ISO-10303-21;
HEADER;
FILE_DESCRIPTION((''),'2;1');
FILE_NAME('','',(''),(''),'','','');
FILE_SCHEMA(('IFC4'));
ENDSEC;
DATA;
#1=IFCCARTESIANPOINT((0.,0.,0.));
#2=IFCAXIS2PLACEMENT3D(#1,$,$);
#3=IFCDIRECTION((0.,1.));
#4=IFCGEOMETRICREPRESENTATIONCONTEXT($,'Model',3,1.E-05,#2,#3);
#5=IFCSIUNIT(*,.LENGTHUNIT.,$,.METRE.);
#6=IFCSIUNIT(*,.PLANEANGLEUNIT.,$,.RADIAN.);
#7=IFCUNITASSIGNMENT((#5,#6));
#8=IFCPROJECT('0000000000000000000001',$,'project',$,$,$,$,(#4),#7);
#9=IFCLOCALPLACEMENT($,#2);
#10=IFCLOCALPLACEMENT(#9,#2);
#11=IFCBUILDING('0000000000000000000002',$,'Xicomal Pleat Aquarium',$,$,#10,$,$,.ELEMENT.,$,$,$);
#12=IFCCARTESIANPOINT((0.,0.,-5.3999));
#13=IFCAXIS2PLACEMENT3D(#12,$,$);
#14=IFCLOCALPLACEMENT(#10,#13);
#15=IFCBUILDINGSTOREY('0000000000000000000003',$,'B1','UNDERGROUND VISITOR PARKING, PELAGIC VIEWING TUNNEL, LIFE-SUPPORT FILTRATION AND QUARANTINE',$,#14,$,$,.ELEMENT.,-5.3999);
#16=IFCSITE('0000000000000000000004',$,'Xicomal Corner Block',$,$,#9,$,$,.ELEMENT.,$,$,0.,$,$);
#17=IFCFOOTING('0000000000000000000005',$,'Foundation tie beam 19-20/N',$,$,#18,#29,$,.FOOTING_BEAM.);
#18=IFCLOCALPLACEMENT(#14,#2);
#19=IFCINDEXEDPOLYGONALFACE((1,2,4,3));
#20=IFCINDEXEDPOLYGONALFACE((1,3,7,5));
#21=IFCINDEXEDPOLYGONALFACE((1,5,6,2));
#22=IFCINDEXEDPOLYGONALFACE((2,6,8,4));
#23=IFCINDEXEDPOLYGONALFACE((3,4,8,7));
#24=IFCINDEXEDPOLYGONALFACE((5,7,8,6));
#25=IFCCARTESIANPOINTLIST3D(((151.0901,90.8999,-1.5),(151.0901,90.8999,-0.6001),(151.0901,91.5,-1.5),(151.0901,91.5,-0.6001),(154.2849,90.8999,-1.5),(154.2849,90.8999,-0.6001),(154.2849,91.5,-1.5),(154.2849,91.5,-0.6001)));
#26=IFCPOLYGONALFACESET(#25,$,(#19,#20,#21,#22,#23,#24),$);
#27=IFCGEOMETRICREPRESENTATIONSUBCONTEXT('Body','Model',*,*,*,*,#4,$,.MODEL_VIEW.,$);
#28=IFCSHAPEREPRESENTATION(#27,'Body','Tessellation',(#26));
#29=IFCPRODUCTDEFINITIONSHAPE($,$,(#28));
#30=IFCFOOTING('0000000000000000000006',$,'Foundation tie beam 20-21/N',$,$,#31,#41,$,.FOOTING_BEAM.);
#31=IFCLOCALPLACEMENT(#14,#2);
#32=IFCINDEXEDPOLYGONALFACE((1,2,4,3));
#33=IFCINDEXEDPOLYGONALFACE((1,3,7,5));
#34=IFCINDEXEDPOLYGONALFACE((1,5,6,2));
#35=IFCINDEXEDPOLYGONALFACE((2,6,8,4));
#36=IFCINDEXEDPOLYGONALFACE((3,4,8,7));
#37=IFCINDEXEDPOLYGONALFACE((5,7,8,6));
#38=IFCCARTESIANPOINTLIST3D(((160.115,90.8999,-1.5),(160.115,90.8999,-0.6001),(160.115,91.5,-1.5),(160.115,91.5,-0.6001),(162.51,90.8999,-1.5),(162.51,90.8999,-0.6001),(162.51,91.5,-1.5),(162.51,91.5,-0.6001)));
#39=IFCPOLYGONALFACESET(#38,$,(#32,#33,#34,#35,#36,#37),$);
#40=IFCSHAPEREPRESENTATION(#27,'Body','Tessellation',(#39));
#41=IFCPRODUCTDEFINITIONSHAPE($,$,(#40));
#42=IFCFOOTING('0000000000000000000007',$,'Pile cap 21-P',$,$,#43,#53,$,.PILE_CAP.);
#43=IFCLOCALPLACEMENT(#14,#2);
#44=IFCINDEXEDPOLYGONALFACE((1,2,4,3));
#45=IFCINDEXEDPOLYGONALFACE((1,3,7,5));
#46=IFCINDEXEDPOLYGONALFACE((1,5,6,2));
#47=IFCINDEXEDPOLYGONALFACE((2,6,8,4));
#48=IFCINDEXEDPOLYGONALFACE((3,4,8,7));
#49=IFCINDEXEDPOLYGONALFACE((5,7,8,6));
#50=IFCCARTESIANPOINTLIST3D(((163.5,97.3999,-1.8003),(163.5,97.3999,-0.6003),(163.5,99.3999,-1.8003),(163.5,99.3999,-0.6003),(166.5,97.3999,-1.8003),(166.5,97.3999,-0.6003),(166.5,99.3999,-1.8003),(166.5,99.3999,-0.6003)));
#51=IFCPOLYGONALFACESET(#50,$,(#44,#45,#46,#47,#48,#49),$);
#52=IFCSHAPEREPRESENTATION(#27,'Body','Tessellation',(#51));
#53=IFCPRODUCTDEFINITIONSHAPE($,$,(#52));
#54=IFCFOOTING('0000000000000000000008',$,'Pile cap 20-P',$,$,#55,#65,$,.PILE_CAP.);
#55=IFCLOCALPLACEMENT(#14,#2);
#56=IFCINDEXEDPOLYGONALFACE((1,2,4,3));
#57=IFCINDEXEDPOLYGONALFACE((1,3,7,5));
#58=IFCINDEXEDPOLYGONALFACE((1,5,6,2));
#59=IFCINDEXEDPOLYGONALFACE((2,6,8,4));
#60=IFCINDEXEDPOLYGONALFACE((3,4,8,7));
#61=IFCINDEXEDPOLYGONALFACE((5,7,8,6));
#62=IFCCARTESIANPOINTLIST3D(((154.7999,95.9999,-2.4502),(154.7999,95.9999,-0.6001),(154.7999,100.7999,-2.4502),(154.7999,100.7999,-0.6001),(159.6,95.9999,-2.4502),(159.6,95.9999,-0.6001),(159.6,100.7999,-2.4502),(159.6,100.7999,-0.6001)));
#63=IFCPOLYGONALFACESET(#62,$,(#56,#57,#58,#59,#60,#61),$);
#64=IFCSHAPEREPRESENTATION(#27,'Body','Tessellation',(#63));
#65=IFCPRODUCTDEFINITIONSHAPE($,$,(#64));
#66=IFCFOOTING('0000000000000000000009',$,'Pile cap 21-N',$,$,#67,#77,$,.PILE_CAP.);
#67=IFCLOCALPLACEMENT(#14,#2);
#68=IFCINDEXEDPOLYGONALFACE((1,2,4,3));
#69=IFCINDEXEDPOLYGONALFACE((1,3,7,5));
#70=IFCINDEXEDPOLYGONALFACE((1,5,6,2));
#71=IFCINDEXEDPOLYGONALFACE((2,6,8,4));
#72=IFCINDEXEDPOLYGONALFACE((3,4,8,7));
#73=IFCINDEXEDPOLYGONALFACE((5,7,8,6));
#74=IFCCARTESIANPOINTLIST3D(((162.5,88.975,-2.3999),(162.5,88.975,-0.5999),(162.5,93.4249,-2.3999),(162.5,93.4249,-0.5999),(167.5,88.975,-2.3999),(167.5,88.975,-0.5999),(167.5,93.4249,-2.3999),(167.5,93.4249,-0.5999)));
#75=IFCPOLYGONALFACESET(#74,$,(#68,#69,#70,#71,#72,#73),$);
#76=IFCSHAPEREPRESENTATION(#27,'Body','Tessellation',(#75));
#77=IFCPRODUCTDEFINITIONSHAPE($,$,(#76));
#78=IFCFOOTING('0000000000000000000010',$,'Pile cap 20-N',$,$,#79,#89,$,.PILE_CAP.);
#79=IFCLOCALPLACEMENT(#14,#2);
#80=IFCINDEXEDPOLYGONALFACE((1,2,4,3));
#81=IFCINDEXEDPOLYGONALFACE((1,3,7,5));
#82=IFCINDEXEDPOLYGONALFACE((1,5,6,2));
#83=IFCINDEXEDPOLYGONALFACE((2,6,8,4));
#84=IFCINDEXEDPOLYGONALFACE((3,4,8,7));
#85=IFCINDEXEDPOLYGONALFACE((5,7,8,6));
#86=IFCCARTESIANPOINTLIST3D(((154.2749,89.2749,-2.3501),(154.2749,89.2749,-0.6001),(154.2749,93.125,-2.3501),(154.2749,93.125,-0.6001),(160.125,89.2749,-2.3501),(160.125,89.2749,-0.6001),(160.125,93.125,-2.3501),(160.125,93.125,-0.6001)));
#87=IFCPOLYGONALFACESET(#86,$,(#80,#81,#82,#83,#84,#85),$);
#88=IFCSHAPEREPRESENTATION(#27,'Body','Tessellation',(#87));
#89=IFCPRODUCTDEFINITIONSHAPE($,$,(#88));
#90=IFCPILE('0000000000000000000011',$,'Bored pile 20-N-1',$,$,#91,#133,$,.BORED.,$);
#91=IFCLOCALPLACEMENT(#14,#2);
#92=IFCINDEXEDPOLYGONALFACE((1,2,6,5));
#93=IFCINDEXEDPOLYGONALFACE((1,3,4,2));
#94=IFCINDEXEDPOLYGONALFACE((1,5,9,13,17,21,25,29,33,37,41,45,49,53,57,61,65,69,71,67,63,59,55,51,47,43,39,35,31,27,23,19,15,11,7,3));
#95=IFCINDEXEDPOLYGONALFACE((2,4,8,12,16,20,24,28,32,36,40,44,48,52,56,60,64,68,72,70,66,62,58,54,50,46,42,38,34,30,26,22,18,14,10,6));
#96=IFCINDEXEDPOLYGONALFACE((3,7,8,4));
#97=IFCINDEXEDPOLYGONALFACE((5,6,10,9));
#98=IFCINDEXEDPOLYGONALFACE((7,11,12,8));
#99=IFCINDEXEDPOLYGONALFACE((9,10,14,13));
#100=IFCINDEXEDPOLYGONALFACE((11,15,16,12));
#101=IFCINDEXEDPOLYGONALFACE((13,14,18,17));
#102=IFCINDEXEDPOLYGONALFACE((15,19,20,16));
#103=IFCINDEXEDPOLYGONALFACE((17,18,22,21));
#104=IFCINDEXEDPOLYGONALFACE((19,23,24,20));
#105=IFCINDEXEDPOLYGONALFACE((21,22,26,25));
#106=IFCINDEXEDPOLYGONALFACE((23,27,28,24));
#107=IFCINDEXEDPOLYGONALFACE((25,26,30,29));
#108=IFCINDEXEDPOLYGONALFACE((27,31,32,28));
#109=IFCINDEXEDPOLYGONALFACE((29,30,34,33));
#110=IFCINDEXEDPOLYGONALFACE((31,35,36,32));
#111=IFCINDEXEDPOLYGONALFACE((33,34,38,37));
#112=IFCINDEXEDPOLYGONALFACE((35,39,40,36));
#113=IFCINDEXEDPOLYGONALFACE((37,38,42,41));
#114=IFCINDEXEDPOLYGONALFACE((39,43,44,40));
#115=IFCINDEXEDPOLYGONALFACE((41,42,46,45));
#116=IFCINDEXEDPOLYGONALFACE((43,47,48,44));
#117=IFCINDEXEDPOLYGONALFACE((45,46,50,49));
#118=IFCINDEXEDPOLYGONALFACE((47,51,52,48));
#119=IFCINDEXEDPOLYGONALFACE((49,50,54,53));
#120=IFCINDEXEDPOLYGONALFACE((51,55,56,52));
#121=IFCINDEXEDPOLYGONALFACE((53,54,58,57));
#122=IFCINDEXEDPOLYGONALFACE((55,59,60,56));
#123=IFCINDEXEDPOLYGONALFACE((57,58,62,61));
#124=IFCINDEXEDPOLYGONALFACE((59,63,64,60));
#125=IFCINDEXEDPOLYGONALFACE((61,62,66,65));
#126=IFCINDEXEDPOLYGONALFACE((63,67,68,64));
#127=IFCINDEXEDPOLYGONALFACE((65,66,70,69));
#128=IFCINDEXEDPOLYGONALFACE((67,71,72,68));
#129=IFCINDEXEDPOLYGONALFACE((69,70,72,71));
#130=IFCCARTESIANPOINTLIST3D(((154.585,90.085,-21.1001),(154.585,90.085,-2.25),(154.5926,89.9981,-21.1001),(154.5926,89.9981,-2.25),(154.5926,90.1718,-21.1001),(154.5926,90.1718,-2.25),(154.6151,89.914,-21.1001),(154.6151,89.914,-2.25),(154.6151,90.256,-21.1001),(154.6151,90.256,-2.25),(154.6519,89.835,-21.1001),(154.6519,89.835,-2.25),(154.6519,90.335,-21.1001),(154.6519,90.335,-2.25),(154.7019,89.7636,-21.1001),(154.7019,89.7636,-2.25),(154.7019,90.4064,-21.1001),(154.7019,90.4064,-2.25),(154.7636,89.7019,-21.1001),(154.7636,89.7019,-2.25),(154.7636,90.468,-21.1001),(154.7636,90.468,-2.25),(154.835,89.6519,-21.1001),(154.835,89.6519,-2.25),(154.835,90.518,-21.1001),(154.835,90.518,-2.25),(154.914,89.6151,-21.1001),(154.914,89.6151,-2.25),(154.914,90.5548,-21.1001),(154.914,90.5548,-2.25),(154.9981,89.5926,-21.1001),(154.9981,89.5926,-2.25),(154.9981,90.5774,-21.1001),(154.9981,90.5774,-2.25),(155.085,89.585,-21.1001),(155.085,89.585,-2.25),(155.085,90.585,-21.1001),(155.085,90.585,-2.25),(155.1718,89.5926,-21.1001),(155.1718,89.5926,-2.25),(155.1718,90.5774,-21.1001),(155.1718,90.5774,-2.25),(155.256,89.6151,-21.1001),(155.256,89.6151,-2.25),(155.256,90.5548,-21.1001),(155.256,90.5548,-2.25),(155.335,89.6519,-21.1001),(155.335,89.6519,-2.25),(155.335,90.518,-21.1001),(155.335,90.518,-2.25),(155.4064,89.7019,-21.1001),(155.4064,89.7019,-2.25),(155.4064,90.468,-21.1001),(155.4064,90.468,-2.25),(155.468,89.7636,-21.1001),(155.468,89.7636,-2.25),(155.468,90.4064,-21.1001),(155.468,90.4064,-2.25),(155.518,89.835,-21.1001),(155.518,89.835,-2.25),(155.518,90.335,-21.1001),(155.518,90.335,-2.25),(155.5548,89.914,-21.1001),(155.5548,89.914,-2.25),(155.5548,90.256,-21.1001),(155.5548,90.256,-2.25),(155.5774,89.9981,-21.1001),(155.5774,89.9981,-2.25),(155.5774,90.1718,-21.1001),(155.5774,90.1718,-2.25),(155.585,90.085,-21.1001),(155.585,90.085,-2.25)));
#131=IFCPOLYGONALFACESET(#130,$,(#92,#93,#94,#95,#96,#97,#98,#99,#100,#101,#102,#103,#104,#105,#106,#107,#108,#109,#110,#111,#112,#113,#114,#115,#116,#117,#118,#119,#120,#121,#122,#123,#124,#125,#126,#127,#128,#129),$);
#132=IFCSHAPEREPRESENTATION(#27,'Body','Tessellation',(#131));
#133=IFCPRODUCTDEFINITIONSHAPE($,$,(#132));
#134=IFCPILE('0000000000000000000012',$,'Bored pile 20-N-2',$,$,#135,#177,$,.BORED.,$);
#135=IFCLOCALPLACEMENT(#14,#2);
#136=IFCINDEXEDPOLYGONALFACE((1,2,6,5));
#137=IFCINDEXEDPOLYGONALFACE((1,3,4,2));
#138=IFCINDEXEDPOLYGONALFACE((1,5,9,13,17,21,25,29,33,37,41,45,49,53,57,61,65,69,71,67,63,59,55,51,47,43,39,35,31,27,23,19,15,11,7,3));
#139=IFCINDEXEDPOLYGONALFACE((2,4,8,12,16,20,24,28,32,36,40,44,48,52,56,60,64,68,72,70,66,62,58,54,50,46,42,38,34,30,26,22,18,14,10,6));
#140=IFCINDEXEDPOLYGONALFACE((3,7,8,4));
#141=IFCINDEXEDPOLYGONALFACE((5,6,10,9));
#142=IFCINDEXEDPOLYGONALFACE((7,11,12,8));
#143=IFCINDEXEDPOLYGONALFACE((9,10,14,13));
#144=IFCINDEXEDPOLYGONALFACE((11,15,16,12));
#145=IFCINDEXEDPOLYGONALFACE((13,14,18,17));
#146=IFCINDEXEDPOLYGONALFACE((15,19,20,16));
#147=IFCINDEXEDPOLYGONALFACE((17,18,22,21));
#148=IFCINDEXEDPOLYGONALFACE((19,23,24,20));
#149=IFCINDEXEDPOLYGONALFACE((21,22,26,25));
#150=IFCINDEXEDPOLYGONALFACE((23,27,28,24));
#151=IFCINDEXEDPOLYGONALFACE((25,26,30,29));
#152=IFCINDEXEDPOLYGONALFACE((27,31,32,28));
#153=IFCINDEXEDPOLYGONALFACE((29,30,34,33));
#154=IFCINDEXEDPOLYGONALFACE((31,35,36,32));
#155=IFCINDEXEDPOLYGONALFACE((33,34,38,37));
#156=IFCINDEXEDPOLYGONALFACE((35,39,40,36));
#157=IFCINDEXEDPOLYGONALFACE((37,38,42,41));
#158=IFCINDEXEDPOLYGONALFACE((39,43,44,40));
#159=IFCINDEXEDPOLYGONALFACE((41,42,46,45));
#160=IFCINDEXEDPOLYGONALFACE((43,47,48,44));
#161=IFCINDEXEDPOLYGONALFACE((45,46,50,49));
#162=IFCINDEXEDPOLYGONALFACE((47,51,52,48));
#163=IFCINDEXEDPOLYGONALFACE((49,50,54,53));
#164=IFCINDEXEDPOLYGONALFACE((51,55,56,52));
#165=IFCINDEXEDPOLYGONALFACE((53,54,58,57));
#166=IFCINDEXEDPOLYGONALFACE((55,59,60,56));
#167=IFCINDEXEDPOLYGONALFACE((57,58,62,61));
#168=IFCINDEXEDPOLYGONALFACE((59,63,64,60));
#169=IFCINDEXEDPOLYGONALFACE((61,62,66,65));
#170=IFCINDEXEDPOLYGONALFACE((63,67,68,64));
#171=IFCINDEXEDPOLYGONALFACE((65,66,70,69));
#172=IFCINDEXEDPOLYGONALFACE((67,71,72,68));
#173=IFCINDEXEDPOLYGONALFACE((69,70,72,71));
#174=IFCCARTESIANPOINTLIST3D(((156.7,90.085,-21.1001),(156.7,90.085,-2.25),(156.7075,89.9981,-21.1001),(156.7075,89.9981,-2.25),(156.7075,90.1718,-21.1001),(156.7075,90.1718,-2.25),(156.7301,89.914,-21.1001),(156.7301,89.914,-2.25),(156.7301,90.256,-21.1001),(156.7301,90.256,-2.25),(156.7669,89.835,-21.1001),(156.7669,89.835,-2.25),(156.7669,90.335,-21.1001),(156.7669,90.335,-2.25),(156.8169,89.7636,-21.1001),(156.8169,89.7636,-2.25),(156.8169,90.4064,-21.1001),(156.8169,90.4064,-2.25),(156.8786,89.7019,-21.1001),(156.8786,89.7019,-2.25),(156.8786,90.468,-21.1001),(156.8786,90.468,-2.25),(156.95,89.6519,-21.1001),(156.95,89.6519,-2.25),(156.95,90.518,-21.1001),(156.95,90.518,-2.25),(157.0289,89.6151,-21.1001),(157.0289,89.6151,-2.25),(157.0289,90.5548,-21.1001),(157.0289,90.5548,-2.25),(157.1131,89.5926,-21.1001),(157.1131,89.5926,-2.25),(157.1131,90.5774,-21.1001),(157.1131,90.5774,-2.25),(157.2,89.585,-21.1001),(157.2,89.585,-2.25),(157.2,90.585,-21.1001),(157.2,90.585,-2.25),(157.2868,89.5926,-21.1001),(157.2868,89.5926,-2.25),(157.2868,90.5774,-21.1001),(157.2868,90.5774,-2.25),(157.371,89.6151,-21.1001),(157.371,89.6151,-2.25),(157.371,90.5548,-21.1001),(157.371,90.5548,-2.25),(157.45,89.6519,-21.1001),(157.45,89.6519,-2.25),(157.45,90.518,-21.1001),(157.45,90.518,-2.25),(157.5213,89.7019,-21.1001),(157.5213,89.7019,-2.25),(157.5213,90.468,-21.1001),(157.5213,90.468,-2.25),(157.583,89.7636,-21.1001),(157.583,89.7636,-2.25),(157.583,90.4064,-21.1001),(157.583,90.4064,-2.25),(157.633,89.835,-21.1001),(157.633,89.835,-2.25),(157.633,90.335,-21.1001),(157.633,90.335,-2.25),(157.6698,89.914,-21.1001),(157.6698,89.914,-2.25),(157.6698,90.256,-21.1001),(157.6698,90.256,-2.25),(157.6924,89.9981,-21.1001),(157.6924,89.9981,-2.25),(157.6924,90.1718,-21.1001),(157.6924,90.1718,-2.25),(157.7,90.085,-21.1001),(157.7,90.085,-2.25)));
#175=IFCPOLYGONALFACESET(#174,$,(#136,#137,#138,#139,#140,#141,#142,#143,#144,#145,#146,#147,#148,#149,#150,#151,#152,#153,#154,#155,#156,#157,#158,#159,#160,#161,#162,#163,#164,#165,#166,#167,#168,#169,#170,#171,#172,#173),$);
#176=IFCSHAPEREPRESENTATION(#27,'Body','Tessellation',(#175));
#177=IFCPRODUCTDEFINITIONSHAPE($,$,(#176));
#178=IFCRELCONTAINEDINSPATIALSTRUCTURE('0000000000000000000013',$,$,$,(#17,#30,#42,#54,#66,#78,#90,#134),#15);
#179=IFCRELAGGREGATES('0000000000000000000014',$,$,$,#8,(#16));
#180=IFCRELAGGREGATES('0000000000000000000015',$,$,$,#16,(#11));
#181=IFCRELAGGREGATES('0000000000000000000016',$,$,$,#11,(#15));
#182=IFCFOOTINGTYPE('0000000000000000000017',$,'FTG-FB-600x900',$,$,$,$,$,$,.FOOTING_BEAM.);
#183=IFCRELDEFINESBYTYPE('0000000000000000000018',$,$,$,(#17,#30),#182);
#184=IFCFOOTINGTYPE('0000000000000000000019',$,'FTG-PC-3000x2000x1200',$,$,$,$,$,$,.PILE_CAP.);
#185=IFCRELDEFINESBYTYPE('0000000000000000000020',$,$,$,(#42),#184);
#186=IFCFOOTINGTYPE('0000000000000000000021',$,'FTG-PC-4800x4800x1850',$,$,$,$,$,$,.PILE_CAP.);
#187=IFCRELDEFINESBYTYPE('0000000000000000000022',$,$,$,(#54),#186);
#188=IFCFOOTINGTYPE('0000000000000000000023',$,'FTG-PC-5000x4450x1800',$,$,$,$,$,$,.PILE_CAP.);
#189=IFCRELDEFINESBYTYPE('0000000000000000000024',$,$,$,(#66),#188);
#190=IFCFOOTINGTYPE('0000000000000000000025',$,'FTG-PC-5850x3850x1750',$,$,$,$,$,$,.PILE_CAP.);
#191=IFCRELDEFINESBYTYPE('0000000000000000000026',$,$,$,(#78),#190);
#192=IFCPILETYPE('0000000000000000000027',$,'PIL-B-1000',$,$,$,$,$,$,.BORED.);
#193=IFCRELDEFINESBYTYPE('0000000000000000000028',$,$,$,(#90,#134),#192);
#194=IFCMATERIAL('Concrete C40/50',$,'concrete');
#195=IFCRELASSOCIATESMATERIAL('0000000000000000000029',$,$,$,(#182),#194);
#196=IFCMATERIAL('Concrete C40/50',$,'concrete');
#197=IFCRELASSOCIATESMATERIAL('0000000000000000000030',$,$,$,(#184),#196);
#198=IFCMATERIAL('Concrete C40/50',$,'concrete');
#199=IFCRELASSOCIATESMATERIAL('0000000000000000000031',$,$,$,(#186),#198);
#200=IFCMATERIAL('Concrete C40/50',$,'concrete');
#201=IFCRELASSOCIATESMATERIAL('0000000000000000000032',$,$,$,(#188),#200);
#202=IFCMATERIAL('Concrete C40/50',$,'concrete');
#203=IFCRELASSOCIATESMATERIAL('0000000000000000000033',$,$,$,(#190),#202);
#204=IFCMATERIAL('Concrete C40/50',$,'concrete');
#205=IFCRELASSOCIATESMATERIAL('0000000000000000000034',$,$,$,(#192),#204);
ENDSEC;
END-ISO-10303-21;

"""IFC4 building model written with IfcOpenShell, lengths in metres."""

from ifc_helpers import new_model, si_unit, direction, frame, origin, origin_2d, place, context, subcontext, project, spatial, rectangle, circle, extrude, material, material_profile, profile_set, type_object, element, save


model = new_model("IFC4")

# Units and contexts
model_context = context("Model", 3, precision=1e-05, world=origin(), true_north=direction((0.0, 1.0)))
body_context = subcontext(model_context, "Body", "Model", "MODEL_VIEW")
ifc_project = project(units=[si_unit("LENGTHUNIT", "METRE"), si_unit("PLANEANGLEUNIT", "RADIAN")], contexts=[model_context])

# Site, building, storey
site_placement = place(None, origin())
site = spatial("IfcSite", under=ifc_project, at=site_placement, Name="Xicomal Corner Block", CompositionType="ELEMENT", RefElevation=0.0)
building_placement = place(site_placement, origin())
building = spatial("IfcBuilding", under=site, at=building_placement, Name="Xicomal Pleat Aquarium", CompositionType="ELEMENT")
storey_placement = place(building_placement, frame((0.0, 0.0, -5.3999)))
storey = spatial("IfcBuildingStorey", under=building, at=storey_placement, Name="B1", Description="UNDERGROUND VISITOR PARKING, PELAGIC VIEWING TUNNEL, LIFE-SUPPORT FILTRATION AND QUARANTINE", CompositionType="ELEMENT", Elevation=-5.3999)

# Footings
ifc_material_1 = material(Name="Concrete C40/50", Category="concrete")
ifc_material_profile_1 = material_profile(ifc_material_1, rectangle(XDim=0.6001, YDim=0.8999, at=origin_2d()), Name="FB-02 600x900")
ifc_profile_set_1 = profile_set([ifc_material_profile_1], Name="Concrete C40/50")
footing_type_1 = type_object("IfcFootingType", Name="FTG-FB-600x900", PredefinedType="FOOTING_BEAM", material=ifc_profile_set_1)
footing_1_placement = place(storey_placement, frame((151.0901, 91.2, -1.05), z_axis=(1.0, 0.0, 0.0), x_axis=(0.0, 1.0, 0.0)))
element("IfcFooting", 1, at=footing_1_placement, inside=storey, type_object=footing_type_1, Name="Foundation tie beam 19-20/N", PredefinedType="FOOTING_BEAM", context=body_context, shape_type="SweptSolid", body=[
    extrude(rectangle(XDim=0.6001, YDim=0.8999, at=origin_2d()), origin(), (0.0, 0.0, 1.0), 3.1948),
])
footing_2_placement = place(storey_placement, frame((160.115, 91.2, -1.05), z_axis=(1.0, 0.0, 0.0), x_axis=(0.0, 1.0, 0.0)))
element("IfcFooting", 2, at=footing_2_placement, inside=storey, type_object=footing_type_1, Name="Foundation tie beam 20-21/N", PredefinedType="FOOTING_BEAM", context=body_context, shape_type="SweptSolid", body=[
    extrude(rectangle(XDim=0.6001, YDim=0.8999, at=origin_2d()), origin(), (0.0, 0.0, 1.0), 2.395),
])
ifc_material_2 = material(Name="Concrete C40/50", Category="concrete")
footing_type_2 = type_object("IfcFootingType", Name="FTG-PC-3000x2000x1200", PredefinedType="PILE_CAP", material=ifc_material_2)
footing_3_placement = place(storey_placement, frame((165.0, 98.3999, -1.8003), z_axis=(0.0, 0.0, 1.0), x_axis=(1.0, 0.0, 0.0)))
element("IfcFooting", 3, at=footing_3_placement, inside=storey, type_object=footing_type_2, Name="Pile cap 21-P", PredefinedType="PILE_CAP", context=body_context, shape_type="SweptSolid", body=[
    extrude(rectangle(XDim=3.0, YDim=2.0, at=origin_2d()), origin(), (0.0, 0.0, 1.0), 1.2),
])
ifc_material_3 = material(Name="Concrete C40/50", Category="concrete")
footing_type_3 = type_object("IfcFootingType", Name="FTG-PC-4800x4800x1850", PredefinedType="PILE_CAP", material=ifc_material_3)
footing_4_placement = place(storey_placement, frame((157.2, 98.3999, -2.4502), z_axis=(0.0, 0.0, 1.0), x_axis=(1.0, 0.0, 0.0)))
element("IfcFooting", 4, at=footing_4_placement, inside=storey, type_object=footing_type_3, Name="Pile cap 20-P", PredefinedType="PILE_CAP", context=body_context, shape_type="SweptSolid", body=[
    extrude(rectangle(XDim=4.8, YDim=4.8, at=origin_2d()), origin(), (0.0, 0.0, 1.0), 1.8501),
])
ifc_material_4 = material(Name="Concrete C40/50", Category="concrete")
footing_type_4 = type_object("IfcFootingType", Name="FTG-PC-5000x4450x1800", PredefinedType="PILE_CAP", material=ifc_material_4)
footing_5_placement = place(storey_placement, frame((165.0, 91.2, -2.3999), z_axis=(0.0, 0.0, 1.0), x_axis=(1.0, 0.0, 0.0)))
element("IfcFooting", 5, at=footing_5_placement, inside=storey, type_object=footing_type_4, Name="Pile cap 21-N", PredefinedType="PILE_CAP", context=body_context, shape_type="SweptSolid", body=[
    extrude(rectangle(XDim=5.0, YDim=4.45, at=origin_2d()), origin(), (0.0, 0.0, 1.0), 1.8),
])
ifc_material_5 = material(Name="Concrete C40/50", Category="concrete")
footing_type_5 = type_object("IfcFootingType", Name="FTG-PC-5850x3850x1750", PredefinedType="PILE_CAP", material=ifc_material_5)
footing_6_placement = place(storey_placement, frame((157.2, 91.2, -2.3501), z_axis=(0.0, 0.0, 1.0), x_axis=(1.0, 0.0, 0.0)))
element("IfcFooting", 6, at=footing_6_placement, inside=storey, type_object=footing_type_5, Name="Pile cap 20-N", PredefinedType="PILE_CAP", context=body_context, shape_type="SweptSolid", body=[
    extrude(rectangle(XDim=5.8501, YDim=3.8501, at=origin_2d()), origin(), (0.0, 0.0, 1.0), 1.75),
])

# Piles
ifc_material_6 = material(Name="Concrete C40/50", Category="concrete")
ifc_material_profile_2 = material_profile(ifc_material_6, circle(Radius=0.5, at=origin_2d()), Name="BORED PILE D1000")
ifc_profile_set_2 = profile_set([ifc_material_profile_2], Name="Concrete C40/50")
pile_type_1 = type_object("IfcPileType", Name="PIL-B-1000", PredefinedType="BORED", material=ifc_profile_set_2)
for number, where, z_axis, x_axis, name in (
    (7, (155.085, 90.085, -2.25), (0.0, 0.0, -1.0), (1.0, 0.0, 0.0), "Bored pile 20-N-1"),
    (8, (157.2, 90.085, -2.25), (0.0, 0.0, -1.0), (1.0, 0.0, 0.0), "Bored pile 20-N-2"),
):
    element("IfcPile", number, at=place(storey_placement, frame(where, z_axis=z_axis, x_axis=x_axis)), inside=storey, type_object=pile_type_1, Name=name, PredefinedType="BORED", context=body_context, shape_type="SweptSolid", body=[
        extrude(circle(Radius=0.5, at=origin_2d()), origin(), (0.0, 0.0, 1.0), 18.8501),
    ])

save(model, "model.ifc")
